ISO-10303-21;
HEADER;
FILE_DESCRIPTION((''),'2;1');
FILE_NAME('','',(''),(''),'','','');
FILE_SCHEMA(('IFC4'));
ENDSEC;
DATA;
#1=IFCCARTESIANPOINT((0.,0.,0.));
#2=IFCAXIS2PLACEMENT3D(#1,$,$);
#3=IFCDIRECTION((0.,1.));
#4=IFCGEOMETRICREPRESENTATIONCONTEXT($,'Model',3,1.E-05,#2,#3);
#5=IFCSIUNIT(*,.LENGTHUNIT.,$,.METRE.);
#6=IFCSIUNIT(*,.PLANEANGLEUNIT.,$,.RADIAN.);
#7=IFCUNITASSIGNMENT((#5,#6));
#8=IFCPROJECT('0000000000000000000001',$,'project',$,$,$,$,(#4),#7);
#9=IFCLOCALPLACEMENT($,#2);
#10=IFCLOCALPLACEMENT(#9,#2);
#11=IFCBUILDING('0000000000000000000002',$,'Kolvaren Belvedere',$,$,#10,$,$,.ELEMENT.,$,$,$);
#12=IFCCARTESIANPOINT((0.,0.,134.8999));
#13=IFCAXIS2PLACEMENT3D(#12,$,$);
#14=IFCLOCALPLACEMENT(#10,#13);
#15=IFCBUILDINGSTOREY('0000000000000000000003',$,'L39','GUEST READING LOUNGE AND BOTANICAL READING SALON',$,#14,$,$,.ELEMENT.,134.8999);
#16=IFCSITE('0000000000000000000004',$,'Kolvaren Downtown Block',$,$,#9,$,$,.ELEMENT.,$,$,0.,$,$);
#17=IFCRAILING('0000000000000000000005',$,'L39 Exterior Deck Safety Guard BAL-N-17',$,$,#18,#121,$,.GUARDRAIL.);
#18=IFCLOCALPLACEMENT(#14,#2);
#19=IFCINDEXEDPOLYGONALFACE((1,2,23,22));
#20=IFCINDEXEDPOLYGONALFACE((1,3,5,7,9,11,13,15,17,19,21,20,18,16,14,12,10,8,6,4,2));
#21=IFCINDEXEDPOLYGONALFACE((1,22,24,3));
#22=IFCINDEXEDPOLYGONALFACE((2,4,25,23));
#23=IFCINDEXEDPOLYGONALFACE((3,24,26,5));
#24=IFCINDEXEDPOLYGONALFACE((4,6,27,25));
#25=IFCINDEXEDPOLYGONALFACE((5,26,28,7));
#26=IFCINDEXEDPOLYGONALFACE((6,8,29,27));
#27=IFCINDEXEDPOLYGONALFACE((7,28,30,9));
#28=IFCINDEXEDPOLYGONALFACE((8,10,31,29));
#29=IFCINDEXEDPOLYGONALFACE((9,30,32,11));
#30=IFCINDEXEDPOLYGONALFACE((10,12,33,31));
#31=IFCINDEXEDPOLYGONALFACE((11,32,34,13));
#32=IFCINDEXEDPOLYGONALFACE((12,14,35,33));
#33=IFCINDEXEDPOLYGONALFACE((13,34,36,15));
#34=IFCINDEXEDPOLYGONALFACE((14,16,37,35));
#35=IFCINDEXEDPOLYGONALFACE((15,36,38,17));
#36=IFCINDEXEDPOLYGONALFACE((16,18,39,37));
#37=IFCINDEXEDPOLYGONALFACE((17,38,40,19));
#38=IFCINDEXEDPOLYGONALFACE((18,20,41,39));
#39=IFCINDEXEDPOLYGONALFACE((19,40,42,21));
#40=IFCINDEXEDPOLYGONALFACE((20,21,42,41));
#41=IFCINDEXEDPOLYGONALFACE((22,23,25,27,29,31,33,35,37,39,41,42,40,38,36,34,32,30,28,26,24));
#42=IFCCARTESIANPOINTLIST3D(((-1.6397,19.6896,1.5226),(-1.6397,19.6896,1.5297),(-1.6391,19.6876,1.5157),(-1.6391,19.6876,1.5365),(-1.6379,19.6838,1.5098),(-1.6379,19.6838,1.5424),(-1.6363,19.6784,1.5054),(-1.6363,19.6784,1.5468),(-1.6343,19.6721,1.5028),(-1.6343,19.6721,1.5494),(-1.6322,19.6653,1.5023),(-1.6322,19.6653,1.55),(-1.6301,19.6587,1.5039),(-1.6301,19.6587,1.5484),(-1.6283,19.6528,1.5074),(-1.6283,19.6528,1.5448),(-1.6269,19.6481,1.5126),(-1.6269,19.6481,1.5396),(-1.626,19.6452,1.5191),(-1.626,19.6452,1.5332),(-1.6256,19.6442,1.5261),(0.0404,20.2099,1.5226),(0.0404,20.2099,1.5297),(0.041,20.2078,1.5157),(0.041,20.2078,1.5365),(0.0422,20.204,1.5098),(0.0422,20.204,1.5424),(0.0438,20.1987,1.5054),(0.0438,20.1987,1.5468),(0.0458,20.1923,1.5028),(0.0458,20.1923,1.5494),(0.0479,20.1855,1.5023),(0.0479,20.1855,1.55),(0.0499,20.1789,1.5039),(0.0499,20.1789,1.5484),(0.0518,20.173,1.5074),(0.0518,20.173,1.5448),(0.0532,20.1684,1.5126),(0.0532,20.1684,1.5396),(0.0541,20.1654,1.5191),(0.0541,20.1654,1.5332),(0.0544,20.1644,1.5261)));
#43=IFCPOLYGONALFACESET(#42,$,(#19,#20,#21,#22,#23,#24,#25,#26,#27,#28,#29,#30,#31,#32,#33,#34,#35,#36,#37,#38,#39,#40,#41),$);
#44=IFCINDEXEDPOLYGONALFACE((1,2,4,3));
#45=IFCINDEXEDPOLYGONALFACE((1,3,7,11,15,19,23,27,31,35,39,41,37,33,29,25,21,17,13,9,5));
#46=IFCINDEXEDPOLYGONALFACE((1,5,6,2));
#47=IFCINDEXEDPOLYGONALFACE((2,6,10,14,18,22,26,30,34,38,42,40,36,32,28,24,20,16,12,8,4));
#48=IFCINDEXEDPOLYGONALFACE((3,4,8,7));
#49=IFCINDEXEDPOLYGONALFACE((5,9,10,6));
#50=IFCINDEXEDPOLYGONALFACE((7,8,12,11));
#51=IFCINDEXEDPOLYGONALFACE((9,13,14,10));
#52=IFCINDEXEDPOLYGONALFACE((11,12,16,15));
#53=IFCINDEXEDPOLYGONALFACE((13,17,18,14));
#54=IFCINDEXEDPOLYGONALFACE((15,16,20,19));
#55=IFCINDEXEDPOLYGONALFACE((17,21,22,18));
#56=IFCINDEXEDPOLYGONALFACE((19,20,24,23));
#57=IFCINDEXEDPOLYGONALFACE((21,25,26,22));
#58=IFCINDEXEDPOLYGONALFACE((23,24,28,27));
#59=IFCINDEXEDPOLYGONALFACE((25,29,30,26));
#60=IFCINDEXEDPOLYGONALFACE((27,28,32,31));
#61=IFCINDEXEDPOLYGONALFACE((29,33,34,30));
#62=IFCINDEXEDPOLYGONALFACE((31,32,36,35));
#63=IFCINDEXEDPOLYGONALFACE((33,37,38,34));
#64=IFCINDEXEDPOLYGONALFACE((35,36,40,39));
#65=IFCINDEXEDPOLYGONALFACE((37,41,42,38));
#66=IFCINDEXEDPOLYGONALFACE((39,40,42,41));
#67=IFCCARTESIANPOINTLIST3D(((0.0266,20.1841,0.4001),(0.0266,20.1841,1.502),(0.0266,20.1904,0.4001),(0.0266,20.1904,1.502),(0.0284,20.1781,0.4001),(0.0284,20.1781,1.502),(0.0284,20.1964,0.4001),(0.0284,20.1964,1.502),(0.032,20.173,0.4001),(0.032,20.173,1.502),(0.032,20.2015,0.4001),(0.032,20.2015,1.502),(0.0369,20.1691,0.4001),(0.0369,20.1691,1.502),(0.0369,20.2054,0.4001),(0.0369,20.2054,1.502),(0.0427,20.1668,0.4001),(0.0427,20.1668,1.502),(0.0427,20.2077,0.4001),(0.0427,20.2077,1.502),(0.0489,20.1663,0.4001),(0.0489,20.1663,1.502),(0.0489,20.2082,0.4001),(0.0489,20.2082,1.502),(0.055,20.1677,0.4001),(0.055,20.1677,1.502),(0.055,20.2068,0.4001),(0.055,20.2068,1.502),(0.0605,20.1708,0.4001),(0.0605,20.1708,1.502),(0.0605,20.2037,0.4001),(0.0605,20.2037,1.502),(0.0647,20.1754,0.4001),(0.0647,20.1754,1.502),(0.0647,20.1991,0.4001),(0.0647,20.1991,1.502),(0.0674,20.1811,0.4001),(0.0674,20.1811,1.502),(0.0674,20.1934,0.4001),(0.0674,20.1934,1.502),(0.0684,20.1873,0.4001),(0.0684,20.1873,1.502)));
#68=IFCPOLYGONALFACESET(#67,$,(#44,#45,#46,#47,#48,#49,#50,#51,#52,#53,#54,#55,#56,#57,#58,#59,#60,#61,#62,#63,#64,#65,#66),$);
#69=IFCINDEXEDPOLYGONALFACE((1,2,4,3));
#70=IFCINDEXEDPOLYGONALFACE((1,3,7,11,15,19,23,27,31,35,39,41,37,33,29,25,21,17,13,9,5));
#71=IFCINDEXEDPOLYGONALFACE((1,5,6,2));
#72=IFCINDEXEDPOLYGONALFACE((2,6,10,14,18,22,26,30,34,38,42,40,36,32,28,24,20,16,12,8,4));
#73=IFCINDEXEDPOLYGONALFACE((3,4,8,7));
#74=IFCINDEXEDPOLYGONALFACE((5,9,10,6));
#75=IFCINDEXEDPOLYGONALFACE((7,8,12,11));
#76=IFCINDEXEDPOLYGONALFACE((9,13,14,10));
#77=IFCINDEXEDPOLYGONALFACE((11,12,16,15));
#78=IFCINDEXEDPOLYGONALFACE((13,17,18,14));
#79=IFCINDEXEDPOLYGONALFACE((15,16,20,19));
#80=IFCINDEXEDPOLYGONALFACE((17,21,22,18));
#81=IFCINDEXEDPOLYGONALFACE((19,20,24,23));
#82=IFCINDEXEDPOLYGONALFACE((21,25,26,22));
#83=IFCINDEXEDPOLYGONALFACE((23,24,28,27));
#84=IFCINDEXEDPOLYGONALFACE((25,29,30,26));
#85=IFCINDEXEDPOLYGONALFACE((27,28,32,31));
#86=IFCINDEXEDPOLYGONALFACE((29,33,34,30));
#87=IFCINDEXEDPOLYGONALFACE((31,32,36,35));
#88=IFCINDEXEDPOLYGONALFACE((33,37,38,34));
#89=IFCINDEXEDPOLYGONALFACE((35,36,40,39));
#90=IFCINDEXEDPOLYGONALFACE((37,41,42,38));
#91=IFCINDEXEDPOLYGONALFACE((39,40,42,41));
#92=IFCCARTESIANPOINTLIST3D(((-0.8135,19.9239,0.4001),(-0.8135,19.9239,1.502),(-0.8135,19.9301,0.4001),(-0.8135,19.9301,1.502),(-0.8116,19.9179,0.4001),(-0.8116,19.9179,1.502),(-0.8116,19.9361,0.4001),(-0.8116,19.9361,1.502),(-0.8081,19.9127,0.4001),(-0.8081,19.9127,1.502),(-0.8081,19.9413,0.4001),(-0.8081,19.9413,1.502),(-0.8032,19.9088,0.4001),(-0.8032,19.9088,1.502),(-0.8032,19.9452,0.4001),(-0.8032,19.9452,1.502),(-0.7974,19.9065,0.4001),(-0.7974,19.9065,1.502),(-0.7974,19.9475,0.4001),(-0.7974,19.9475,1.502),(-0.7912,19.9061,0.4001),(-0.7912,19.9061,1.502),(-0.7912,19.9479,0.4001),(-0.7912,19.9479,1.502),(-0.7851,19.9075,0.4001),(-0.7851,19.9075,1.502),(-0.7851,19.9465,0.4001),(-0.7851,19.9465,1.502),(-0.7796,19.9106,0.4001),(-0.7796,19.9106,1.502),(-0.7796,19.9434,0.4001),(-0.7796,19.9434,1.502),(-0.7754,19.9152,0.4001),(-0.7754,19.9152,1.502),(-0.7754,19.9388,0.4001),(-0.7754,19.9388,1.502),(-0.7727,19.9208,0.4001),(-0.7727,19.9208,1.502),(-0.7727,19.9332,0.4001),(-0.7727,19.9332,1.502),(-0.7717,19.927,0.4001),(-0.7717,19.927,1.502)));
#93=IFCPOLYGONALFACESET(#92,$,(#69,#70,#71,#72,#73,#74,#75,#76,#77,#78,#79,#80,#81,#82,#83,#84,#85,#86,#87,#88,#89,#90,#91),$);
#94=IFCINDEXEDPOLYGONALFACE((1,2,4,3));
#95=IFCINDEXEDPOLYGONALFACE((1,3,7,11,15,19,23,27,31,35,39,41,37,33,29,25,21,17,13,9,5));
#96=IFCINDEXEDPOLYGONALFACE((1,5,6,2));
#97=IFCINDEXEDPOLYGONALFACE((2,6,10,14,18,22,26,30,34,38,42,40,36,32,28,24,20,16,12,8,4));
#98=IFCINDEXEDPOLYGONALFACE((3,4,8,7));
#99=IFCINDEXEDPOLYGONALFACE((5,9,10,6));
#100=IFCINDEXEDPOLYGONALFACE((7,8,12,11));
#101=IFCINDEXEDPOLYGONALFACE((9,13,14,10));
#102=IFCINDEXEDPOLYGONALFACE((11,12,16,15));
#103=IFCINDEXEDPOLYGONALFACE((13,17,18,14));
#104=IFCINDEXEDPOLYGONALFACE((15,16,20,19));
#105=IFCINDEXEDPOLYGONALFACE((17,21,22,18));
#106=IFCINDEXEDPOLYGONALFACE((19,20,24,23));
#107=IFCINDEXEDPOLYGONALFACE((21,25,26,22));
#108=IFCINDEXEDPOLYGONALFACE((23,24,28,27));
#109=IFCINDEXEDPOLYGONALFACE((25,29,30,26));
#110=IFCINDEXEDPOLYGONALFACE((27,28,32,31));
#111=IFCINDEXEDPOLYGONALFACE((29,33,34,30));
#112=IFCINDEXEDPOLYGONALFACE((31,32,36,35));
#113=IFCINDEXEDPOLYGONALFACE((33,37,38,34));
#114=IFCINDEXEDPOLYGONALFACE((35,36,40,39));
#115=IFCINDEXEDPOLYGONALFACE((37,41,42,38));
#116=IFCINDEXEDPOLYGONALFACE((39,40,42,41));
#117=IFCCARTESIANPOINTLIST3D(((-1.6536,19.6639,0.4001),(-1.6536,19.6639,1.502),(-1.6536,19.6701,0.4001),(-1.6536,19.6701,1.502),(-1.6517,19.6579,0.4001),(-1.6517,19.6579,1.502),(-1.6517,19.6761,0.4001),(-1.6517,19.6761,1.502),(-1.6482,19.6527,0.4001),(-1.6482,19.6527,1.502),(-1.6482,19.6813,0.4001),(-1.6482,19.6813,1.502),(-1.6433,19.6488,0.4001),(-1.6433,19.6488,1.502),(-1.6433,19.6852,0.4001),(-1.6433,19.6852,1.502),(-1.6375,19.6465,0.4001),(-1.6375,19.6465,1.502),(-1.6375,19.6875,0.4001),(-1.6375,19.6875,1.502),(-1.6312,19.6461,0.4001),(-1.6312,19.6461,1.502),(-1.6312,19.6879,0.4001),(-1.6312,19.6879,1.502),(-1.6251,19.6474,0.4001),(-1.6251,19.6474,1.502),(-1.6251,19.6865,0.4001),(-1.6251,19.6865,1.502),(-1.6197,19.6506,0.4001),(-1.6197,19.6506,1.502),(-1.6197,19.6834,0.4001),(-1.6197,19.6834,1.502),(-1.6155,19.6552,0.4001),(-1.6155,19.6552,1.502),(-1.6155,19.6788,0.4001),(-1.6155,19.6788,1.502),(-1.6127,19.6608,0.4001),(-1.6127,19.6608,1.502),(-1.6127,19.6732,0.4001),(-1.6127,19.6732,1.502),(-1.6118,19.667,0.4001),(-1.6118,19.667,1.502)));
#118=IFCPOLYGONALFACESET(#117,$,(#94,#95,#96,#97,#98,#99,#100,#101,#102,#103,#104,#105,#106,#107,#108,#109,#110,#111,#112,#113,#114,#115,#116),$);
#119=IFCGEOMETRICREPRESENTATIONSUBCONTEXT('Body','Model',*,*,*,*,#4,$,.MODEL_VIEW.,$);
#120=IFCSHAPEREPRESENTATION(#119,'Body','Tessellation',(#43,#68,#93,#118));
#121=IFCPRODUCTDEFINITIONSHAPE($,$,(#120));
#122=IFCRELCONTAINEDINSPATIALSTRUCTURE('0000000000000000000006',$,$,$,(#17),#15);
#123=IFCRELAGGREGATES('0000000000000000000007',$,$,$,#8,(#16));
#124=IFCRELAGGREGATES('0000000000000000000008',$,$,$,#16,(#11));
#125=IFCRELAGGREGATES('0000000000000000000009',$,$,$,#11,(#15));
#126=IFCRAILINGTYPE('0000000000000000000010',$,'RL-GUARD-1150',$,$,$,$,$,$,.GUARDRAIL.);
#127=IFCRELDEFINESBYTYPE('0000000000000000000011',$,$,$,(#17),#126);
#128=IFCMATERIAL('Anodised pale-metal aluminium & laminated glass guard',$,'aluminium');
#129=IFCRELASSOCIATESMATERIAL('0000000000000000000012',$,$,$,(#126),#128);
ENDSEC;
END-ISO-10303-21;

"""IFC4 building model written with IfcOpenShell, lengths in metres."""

from ifc_helpers import new_model, si_unit, direction, frame, origin, origin_2d, place, context, subcontext, project, spatial, circle, extrude, material, type_object, element, save


model = new_model("IFC4")

# Units and contexts
model_context = context("Model", 3, precision=1e-05, world=origin(), true_north=direction((0.0, 1.0)))
body_context = subcontext(model_context, "Body", "Model", "MODEL_VIEW")
ifc_project = project(units=[si_unit("LENGTHUNIT", "METRE"), si_unit("PLANEANGLEUNIT", "RADIAN")], contexts=[model_context])

# Site, building, storey
site_placement = place(None, origin())
site = spatial("IfcSite", under=ifc_project, at=site_placement, Name="Kolvaren Downtown Block", CompositionType="ELEMENT", RefElevation=0.0)
building_placement = place(site_placement, origin())
building = spatial("IfcBuilding", under=site, at=building_placement, Name="Kolvaren Belvedere", CompositionType="ELEMENT")
storey_placement = place(building_placement, frame((0.0, 0.0, 134.8999)))
storey = spatial("IfcBuildingStorey", under=building, at=storey_placement, Name="L39", Description="GUEST READING LOUNGE AND BOTANICAL READING SALON", CompositionType="ELEMENT", Elevation=134.8999)

# Railing
ifc_material_1 = material(Name="Anodised pale-metal aluminium & laminated glass guard", Category="aluminium")
railing_type = type_object("IfcRailingType", Name="RL-GUARD-1150", PredefinedType="GUARDRAIL", material=ifc_material_1)
railing_1_placement = place(storey_placement, frame((0.0474, 20.1873, 0.4001)))
element("IfcRailing", 1, at=railing_1_placement, inside=storey, type_object=railing_type, Name="L39 Exterior Deck Safety Guard BAL-N-17", PredefinedType="GUARDRAIL", context=body_context, shape_type="SweptSolid", body=[
    extrude(circle(Radius=0.0239, at=origin_2d()), frame((0.0, 0.0, 1.126), z_axis=(-0.955252, -0.295792, 0.0), x_axis=(0.295792, -0.955252, 0.0)), (0.0, 0.0, 1.0), 1.7588),
    extrude(circle(Radius=0.021, at=origin_2d()), origin(), (0.0, 0.0, 1.0), 1.1018),
    extrude(circle(Radius=0.021, at=origin_2d()), frame((-0.8401, -0.2603, 0.0)), (0.0, 0.0, 1.0), 1.1018),
    extrude(circle(Radius=0.021, at=origin_2d()), frame((-1.6802, -0.5203, 0.0)), (0.0, 0.0, 1.0), 1.1018),
])

save(model, "model.ifc")
